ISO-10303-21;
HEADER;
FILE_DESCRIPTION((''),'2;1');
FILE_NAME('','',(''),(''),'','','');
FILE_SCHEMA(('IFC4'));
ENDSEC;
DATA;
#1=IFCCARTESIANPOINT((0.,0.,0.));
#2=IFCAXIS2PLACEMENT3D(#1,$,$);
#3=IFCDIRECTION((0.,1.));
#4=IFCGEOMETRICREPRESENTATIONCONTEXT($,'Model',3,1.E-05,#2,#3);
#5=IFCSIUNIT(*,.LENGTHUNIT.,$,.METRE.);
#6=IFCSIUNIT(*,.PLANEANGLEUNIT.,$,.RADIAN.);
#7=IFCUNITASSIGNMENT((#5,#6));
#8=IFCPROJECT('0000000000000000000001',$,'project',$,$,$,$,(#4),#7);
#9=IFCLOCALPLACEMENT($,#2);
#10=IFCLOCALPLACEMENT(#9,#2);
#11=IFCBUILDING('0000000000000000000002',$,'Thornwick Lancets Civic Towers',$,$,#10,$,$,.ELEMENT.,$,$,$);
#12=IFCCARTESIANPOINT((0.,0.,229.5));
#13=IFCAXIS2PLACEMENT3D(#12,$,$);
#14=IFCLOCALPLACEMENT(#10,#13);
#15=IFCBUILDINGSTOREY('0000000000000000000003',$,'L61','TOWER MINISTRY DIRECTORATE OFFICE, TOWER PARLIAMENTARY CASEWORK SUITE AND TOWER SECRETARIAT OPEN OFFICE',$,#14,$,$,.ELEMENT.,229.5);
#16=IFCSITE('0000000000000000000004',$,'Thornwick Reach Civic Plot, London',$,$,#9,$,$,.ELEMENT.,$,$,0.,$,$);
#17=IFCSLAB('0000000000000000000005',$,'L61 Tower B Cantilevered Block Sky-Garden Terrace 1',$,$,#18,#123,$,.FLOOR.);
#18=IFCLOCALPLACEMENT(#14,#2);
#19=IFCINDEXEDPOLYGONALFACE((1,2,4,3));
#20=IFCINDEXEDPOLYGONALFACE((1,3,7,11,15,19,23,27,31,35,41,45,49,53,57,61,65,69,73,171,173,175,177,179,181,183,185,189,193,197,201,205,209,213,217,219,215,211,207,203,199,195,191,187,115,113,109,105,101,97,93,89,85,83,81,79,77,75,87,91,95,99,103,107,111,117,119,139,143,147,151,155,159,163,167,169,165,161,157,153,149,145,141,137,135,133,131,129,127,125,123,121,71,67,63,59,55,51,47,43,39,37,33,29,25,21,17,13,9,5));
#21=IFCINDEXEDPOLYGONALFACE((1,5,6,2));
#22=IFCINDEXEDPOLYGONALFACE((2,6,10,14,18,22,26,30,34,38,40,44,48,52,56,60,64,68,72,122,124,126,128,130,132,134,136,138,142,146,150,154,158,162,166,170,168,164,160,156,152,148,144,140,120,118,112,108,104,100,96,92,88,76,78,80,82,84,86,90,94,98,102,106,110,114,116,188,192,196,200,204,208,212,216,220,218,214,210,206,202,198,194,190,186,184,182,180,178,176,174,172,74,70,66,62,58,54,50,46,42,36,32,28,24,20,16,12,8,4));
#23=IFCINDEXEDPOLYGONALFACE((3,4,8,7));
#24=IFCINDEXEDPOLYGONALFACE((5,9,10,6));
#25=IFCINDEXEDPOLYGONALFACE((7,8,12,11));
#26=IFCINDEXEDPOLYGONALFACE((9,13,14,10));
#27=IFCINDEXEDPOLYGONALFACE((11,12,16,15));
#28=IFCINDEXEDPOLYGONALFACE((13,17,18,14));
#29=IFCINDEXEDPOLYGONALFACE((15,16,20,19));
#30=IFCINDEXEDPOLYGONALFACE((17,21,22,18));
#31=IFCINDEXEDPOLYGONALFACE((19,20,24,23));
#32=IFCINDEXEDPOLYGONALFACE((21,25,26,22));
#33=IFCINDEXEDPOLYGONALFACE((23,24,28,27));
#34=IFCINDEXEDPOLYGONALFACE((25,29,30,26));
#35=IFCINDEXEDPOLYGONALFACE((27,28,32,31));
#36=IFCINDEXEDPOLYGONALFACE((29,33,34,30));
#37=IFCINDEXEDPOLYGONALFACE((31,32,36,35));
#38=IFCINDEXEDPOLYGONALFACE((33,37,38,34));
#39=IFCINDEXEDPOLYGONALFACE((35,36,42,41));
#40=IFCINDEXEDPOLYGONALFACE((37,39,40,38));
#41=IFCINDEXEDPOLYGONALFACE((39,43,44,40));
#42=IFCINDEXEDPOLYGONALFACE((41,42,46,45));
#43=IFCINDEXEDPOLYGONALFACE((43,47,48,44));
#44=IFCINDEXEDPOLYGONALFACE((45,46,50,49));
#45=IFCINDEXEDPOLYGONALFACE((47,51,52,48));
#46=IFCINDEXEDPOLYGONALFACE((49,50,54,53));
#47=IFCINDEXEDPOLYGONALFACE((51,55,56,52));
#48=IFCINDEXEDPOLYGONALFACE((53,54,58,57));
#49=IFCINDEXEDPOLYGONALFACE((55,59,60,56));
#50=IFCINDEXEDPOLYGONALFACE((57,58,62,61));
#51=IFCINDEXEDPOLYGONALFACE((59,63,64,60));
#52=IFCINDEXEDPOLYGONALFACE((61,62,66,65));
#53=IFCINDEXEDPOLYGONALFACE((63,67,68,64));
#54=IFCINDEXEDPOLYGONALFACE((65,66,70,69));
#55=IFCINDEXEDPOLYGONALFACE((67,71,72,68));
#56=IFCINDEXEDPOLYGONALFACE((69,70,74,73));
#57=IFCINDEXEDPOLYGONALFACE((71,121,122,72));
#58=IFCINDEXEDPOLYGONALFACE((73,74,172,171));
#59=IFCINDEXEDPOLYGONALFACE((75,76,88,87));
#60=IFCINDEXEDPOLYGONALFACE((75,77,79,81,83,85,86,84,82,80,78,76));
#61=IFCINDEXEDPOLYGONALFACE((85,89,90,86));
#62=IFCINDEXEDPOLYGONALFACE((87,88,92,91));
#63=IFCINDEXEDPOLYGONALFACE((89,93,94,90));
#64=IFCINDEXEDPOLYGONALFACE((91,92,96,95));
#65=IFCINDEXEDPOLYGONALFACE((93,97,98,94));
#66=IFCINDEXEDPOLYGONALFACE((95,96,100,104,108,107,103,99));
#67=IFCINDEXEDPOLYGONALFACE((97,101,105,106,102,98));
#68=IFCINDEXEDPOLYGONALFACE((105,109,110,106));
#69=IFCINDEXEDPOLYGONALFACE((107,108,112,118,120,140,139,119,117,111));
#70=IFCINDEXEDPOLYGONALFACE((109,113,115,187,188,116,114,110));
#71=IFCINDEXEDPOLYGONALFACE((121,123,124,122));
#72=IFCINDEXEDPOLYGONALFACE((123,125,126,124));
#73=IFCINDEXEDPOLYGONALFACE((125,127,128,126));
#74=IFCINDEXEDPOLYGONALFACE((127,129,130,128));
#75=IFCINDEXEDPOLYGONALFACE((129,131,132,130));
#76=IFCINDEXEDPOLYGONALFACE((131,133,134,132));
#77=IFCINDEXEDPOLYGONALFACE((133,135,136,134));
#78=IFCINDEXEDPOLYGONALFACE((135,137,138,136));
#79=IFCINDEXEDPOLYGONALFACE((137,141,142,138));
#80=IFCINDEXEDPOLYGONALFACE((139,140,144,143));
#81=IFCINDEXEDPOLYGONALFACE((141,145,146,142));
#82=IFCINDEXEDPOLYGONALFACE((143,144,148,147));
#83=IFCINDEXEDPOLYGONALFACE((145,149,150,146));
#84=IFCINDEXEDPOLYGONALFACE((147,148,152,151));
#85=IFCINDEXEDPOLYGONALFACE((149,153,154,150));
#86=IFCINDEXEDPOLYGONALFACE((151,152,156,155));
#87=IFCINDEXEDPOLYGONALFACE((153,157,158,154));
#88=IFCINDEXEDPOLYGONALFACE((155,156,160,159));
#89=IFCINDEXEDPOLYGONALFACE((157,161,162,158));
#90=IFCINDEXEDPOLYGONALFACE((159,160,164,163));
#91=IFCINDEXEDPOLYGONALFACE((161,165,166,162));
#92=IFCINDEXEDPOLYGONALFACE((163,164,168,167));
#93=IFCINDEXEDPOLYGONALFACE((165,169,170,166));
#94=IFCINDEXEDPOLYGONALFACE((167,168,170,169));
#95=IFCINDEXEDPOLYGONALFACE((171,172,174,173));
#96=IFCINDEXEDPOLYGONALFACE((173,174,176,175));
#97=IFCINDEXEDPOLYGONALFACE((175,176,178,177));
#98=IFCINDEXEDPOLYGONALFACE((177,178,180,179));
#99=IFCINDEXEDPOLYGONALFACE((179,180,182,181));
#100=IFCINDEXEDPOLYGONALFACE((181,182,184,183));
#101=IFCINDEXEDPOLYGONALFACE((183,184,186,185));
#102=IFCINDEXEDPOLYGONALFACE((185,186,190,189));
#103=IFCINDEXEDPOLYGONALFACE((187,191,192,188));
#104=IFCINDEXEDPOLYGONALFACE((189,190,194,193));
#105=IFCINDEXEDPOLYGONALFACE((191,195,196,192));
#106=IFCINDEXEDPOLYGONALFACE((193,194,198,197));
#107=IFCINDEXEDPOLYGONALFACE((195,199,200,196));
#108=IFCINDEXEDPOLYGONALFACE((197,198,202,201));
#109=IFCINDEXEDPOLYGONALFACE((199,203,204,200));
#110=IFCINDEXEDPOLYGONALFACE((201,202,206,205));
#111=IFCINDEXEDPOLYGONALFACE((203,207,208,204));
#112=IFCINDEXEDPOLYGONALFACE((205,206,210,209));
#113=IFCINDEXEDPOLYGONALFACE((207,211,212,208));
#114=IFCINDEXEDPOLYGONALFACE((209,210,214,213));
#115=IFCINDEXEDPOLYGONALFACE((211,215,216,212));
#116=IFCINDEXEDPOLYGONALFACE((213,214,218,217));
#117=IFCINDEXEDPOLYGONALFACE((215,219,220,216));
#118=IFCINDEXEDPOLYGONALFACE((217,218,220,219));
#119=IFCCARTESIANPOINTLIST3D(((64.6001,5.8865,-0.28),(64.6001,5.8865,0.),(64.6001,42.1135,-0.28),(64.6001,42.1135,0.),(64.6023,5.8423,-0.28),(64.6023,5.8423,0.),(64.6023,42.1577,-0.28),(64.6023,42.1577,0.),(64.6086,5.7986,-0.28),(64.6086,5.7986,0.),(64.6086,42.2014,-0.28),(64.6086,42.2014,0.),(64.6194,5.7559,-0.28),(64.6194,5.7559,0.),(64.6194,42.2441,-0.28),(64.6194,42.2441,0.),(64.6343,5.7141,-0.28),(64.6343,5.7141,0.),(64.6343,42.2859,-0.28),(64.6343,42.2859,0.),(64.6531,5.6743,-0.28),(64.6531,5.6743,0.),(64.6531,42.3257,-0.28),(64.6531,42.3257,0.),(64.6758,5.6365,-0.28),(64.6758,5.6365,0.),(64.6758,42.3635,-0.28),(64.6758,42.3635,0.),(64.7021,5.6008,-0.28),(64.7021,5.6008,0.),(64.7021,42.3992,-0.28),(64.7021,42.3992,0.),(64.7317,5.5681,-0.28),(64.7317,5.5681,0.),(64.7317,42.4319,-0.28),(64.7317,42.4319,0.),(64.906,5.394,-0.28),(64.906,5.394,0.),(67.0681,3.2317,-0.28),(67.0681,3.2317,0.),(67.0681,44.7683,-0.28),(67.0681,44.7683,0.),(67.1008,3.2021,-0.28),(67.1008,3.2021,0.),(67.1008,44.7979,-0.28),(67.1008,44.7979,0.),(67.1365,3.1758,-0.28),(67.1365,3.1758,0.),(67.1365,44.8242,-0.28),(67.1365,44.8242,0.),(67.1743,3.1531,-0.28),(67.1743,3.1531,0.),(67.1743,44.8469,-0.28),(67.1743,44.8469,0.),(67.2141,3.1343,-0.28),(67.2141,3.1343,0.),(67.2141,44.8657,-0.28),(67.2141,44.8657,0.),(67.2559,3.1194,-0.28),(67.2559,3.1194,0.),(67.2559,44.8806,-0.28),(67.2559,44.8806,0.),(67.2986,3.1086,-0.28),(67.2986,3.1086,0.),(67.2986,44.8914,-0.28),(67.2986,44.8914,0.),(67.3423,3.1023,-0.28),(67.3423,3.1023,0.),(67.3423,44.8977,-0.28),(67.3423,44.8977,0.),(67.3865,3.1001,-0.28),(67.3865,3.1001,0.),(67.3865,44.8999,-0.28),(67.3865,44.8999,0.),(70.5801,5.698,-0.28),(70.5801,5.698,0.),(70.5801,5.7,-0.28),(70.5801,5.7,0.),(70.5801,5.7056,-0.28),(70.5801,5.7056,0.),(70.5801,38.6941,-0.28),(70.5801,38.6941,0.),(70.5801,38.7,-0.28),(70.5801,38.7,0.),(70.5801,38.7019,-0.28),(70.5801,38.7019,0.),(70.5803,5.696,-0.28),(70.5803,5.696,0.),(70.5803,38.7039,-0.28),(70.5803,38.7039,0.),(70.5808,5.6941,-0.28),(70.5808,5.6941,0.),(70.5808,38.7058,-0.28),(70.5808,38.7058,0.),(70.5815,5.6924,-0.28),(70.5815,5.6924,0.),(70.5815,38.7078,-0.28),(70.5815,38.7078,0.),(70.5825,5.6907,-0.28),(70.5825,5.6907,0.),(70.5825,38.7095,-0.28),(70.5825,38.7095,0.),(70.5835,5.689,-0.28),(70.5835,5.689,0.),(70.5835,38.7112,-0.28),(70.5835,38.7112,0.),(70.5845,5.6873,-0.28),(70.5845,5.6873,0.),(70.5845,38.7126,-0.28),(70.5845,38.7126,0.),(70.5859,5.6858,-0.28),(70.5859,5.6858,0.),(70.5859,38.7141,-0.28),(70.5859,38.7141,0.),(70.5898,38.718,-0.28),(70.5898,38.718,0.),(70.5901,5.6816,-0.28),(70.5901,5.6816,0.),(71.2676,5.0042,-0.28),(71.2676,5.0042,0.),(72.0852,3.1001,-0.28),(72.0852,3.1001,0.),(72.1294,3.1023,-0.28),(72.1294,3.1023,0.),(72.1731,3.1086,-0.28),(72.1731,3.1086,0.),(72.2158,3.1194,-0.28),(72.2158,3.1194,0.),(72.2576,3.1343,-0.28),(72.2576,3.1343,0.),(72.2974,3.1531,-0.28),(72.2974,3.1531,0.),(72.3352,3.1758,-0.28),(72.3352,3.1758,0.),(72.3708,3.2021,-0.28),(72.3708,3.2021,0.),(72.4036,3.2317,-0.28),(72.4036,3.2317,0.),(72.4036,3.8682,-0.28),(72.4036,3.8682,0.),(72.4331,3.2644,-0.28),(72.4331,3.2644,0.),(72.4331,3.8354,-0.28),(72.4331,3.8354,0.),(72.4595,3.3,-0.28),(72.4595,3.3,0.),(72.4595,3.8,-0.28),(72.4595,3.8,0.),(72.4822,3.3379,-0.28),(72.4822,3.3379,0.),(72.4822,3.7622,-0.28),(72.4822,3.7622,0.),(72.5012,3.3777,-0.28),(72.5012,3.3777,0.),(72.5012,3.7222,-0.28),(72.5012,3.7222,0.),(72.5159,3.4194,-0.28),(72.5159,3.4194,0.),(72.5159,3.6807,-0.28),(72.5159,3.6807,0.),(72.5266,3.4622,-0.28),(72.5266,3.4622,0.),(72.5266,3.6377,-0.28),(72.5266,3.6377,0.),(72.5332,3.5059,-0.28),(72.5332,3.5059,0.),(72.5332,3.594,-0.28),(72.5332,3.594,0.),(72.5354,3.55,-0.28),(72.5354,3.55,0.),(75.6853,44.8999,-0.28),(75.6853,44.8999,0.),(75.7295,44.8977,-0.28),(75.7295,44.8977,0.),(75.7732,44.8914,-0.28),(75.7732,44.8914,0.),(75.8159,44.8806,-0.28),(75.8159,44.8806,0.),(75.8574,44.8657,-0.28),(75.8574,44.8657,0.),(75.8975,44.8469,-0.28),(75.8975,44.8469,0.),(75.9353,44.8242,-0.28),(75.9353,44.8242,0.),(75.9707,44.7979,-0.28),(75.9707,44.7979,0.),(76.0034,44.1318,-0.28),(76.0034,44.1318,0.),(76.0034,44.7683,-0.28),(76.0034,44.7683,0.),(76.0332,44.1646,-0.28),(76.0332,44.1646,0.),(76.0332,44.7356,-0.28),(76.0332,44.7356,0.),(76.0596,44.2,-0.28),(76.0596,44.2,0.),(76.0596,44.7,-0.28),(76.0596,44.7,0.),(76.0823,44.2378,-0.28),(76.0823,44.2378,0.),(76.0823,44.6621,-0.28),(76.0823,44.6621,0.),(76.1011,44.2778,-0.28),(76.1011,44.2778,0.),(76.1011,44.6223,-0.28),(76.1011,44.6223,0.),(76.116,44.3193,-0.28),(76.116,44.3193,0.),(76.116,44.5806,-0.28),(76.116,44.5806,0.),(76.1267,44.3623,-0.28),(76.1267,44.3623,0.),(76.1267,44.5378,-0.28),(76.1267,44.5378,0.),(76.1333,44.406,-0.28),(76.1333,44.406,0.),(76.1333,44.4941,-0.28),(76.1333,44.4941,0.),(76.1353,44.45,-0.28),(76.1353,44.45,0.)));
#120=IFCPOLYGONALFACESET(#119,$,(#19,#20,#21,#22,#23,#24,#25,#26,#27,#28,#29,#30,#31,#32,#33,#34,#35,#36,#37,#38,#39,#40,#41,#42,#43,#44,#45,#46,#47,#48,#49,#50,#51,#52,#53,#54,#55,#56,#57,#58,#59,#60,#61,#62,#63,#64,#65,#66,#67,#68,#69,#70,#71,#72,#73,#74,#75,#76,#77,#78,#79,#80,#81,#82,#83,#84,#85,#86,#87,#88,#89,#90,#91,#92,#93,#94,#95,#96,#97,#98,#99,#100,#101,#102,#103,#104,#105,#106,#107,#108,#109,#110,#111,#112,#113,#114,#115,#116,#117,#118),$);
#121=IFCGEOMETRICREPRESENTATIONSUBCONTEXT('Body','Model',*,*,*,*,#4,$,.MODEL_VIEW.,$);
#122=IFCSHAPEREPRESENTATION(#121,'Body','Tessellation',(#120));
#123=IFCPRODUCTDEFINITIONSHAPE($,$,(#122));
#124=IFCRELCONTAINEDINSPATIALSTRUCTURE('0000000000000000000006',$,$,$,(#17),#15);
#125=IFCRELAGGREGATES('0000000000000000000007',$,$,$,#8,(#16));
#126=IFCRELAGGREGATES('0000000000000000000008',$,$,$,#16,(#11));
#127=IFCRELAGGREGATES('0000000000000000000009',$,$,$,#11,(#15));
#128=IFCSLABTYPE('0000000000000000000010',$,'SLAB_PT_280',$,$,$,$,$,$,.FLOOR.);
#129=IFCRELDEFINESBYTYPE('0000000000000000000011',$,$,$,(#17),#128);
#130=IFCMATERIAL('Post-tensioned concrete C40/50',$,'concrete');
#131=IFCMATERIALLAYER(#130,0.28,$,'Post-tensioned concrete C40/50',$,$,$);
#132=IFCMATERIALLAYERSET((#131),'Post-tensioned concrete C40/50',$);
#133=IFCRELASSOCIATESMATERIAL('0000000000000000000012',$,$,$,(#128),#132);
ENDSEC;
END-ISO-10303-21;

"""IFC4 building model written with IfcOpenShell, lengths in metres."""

from ifc_helpers import new_model, si_unit, direction, frame, origin, place, context, subcontext, project, spatial, polyline, outline, extrude, material, layer, layer_set, type_object, element, save


model = new_model("IFC4")

# Units and contexts
model_context = context("Model", 3, precision=1e-05, world=origin(), true_north=direction((0.0, 1.0)))
body_context = subcontext(model_context, "Body", "Model", "MODEL_VIEW")
ifc_project = project(units=[si_unit("LENGTHUNIT", "METRE"), si_unit("PLANEANGLEUNIT", "RADIAN")], contexts=[model_context])

# Site, building, storey
site_placement = place(None, origin())
site = spatial("IfcSite", under=ifc_project, at=site_placement, Name="Thornwick Reach Civic Plot, London", CompositionType="ELEMENT", RefElevation=0.0)
building_placement = place(site_placement, origin())
building = spatial("IfcBuilding", under=site, at=building_placement, Name="Thornwick Lancets Civic Towers", CompositionType="ELEMENT")
storey_placement = place(building_placement, frame((0.0, 0.0, 229.5)))
storey = spatial("IfcBuildingStorey", under=building, at=storey_placement, Name="L61", Description="TOWER MINISTRY DIRECTORATE OFFICE, TOWER PARLIAMENTARY CASEWORK SUITE AND TOWER SECRETARIAT OPEN OFFICE", CompositionType="ELEMENT", Elevation=229.5)

# Slab
ifc_material_1 = material(Name="Post-tensioned concrete C40/50", Category="concrete")
ifc_layer_1 = layer(ifc_material_1, 0.28, Name="Post-tensioned concrete C40/50")
ifc_layer_set_1 = layer_set([ifc_layer_1], Name="Post-tensioned concrete C40/50")
slab_type_1 = type_object("IfcSlabType", Name="SLAB_PT_280", PredefinedType="FLOOR", material=ifc_layer_set_1)
slab_1_placement = place(storey_placement, frame((0.0, 0.0, -0.28)))
element("IfcSlab", 1, at=slab_1_placement, inside=storey, type_object=slab_type_1, Name="L61 Tower B Cantilevered Block Sky-Garden Terrace 1", PredefinedType="FLOOR", context=body_context, shape_type="SweptSolid", body=[
    extrude(outline(polyline([(67.3423, 3.1023), (67.2986, 3.1086), (67.2559, 3.1194), (67.2141, 3.1343), (67.1743, 3.1531), (67.1365, 3.1758), (67.1008, 3.2021), (67.0681, 3.2317), (64.906, 5.394), (64.7317, 5.5681), (64.7021, 5.6008), (64.6758, 5.6365), (64.6531, 5.6743), (64.6343, 5.7141), (64.6194, 5.7559), (64.6086, 5.7986), (64.6023, 5.8423), (64.6001, 5.8865), (64.6001, 42.1135), (64.6023, 42.1577), (64.6086, 42.2014), (64.6194, 42.2441), (64.6343, 42.2859), (64.6531, 42.3257), (64.6758, 42.3635), (64.7021, 42.3992), (64.7317, 42.4319), (67.0681, 44.7683), (67.1008, 44.7979), (67.1365, 44.8242), (67.1743, 44.8469), (67.2141, 44.8657), (67.2559, 44.8806), (67.2986, 44.8914), (67.3423, 44.8977), (67.3865, 44.8999), (75.6853, 44.8999), (75.7295, 44.8977), (75.7732, 44.8914), (75.8159, 44.8806), (75.8574, 44.8657), (75.8975, 44.8469), (75.9353, 44.8242), (75.9707, 44.7979), (76.0034, 44.7683), (76.0332, 44.7356), (76.0596, 44.7), (76.0823, 44.6621), (76.1011, 44.6223), (76.116, 44.5806), (76.1267, 44.5378), (76.1333, 44.4941), (76.1353, 44.45), (76.1333, 44.406), (76.1267, 44.3623), (76.116, 44.3193), (76.1011, 44.2778), (76.0823, 44.2378), (76.0596, 44.2), (76.0332, 44.1646), (76.0034, 44.1318), (70.5898, 38.718), (70.5859, 38.7141), (70.5845, 38.7126), (70.5835, 38.7112), (70.5825, 38.7095), (70.5815, 38.7078), (70.5808, 38.7058), (70.5803, 38.7039), (70.5801, 38.7019), (70.5801, 38.7), (70.5801, 38.6941), (70.5801, 5.7056), (70.5801, 5.7), (70.5801, 5.698), (70.5803, 5.696), (70.5808, 5.6941), (70.5815, 5.6924), (70.5825, 5.6907), (70.5835, 5.689), (70.5845, 5.6873), (70.5859, 5.6858), (70.5901, 5.6816), (70.5901, 5.6816), (71.2676, 5.0042), (72.4036, 3.8682), (72.4331, 3.8354), (72.4595, 3.8), (72.4822, 3.7622), (72.5012, 3.7222), (72.5159, 3.6807), (72.5266, 3.6377), (72.5332, 3.594), (72.5354, 3.55), (72.5332, 3.5059), (72.5266, 3.4622), (72.5159, 3.4194), (72.5012, 3.3777), (72.4822, 3.3379), (72.4595, 3.3), (72.4331, 3.2644), (72.4036, 3.2317), (72.3708, 3.2021), (72.3352, 3.1758), (72.2974, 3.1531), (72.2576, 3.1343), (72.2158, 3.1194), (72.1731, 3.1086), (72.1294, 3.1023), (72.0852, 3.1001), (67.3865, 3.1001), (67.3423, 3.1023)])), origin(), (0.0, 0.0, 1.0), 0.28),
])

save(model, "model.ifc")
